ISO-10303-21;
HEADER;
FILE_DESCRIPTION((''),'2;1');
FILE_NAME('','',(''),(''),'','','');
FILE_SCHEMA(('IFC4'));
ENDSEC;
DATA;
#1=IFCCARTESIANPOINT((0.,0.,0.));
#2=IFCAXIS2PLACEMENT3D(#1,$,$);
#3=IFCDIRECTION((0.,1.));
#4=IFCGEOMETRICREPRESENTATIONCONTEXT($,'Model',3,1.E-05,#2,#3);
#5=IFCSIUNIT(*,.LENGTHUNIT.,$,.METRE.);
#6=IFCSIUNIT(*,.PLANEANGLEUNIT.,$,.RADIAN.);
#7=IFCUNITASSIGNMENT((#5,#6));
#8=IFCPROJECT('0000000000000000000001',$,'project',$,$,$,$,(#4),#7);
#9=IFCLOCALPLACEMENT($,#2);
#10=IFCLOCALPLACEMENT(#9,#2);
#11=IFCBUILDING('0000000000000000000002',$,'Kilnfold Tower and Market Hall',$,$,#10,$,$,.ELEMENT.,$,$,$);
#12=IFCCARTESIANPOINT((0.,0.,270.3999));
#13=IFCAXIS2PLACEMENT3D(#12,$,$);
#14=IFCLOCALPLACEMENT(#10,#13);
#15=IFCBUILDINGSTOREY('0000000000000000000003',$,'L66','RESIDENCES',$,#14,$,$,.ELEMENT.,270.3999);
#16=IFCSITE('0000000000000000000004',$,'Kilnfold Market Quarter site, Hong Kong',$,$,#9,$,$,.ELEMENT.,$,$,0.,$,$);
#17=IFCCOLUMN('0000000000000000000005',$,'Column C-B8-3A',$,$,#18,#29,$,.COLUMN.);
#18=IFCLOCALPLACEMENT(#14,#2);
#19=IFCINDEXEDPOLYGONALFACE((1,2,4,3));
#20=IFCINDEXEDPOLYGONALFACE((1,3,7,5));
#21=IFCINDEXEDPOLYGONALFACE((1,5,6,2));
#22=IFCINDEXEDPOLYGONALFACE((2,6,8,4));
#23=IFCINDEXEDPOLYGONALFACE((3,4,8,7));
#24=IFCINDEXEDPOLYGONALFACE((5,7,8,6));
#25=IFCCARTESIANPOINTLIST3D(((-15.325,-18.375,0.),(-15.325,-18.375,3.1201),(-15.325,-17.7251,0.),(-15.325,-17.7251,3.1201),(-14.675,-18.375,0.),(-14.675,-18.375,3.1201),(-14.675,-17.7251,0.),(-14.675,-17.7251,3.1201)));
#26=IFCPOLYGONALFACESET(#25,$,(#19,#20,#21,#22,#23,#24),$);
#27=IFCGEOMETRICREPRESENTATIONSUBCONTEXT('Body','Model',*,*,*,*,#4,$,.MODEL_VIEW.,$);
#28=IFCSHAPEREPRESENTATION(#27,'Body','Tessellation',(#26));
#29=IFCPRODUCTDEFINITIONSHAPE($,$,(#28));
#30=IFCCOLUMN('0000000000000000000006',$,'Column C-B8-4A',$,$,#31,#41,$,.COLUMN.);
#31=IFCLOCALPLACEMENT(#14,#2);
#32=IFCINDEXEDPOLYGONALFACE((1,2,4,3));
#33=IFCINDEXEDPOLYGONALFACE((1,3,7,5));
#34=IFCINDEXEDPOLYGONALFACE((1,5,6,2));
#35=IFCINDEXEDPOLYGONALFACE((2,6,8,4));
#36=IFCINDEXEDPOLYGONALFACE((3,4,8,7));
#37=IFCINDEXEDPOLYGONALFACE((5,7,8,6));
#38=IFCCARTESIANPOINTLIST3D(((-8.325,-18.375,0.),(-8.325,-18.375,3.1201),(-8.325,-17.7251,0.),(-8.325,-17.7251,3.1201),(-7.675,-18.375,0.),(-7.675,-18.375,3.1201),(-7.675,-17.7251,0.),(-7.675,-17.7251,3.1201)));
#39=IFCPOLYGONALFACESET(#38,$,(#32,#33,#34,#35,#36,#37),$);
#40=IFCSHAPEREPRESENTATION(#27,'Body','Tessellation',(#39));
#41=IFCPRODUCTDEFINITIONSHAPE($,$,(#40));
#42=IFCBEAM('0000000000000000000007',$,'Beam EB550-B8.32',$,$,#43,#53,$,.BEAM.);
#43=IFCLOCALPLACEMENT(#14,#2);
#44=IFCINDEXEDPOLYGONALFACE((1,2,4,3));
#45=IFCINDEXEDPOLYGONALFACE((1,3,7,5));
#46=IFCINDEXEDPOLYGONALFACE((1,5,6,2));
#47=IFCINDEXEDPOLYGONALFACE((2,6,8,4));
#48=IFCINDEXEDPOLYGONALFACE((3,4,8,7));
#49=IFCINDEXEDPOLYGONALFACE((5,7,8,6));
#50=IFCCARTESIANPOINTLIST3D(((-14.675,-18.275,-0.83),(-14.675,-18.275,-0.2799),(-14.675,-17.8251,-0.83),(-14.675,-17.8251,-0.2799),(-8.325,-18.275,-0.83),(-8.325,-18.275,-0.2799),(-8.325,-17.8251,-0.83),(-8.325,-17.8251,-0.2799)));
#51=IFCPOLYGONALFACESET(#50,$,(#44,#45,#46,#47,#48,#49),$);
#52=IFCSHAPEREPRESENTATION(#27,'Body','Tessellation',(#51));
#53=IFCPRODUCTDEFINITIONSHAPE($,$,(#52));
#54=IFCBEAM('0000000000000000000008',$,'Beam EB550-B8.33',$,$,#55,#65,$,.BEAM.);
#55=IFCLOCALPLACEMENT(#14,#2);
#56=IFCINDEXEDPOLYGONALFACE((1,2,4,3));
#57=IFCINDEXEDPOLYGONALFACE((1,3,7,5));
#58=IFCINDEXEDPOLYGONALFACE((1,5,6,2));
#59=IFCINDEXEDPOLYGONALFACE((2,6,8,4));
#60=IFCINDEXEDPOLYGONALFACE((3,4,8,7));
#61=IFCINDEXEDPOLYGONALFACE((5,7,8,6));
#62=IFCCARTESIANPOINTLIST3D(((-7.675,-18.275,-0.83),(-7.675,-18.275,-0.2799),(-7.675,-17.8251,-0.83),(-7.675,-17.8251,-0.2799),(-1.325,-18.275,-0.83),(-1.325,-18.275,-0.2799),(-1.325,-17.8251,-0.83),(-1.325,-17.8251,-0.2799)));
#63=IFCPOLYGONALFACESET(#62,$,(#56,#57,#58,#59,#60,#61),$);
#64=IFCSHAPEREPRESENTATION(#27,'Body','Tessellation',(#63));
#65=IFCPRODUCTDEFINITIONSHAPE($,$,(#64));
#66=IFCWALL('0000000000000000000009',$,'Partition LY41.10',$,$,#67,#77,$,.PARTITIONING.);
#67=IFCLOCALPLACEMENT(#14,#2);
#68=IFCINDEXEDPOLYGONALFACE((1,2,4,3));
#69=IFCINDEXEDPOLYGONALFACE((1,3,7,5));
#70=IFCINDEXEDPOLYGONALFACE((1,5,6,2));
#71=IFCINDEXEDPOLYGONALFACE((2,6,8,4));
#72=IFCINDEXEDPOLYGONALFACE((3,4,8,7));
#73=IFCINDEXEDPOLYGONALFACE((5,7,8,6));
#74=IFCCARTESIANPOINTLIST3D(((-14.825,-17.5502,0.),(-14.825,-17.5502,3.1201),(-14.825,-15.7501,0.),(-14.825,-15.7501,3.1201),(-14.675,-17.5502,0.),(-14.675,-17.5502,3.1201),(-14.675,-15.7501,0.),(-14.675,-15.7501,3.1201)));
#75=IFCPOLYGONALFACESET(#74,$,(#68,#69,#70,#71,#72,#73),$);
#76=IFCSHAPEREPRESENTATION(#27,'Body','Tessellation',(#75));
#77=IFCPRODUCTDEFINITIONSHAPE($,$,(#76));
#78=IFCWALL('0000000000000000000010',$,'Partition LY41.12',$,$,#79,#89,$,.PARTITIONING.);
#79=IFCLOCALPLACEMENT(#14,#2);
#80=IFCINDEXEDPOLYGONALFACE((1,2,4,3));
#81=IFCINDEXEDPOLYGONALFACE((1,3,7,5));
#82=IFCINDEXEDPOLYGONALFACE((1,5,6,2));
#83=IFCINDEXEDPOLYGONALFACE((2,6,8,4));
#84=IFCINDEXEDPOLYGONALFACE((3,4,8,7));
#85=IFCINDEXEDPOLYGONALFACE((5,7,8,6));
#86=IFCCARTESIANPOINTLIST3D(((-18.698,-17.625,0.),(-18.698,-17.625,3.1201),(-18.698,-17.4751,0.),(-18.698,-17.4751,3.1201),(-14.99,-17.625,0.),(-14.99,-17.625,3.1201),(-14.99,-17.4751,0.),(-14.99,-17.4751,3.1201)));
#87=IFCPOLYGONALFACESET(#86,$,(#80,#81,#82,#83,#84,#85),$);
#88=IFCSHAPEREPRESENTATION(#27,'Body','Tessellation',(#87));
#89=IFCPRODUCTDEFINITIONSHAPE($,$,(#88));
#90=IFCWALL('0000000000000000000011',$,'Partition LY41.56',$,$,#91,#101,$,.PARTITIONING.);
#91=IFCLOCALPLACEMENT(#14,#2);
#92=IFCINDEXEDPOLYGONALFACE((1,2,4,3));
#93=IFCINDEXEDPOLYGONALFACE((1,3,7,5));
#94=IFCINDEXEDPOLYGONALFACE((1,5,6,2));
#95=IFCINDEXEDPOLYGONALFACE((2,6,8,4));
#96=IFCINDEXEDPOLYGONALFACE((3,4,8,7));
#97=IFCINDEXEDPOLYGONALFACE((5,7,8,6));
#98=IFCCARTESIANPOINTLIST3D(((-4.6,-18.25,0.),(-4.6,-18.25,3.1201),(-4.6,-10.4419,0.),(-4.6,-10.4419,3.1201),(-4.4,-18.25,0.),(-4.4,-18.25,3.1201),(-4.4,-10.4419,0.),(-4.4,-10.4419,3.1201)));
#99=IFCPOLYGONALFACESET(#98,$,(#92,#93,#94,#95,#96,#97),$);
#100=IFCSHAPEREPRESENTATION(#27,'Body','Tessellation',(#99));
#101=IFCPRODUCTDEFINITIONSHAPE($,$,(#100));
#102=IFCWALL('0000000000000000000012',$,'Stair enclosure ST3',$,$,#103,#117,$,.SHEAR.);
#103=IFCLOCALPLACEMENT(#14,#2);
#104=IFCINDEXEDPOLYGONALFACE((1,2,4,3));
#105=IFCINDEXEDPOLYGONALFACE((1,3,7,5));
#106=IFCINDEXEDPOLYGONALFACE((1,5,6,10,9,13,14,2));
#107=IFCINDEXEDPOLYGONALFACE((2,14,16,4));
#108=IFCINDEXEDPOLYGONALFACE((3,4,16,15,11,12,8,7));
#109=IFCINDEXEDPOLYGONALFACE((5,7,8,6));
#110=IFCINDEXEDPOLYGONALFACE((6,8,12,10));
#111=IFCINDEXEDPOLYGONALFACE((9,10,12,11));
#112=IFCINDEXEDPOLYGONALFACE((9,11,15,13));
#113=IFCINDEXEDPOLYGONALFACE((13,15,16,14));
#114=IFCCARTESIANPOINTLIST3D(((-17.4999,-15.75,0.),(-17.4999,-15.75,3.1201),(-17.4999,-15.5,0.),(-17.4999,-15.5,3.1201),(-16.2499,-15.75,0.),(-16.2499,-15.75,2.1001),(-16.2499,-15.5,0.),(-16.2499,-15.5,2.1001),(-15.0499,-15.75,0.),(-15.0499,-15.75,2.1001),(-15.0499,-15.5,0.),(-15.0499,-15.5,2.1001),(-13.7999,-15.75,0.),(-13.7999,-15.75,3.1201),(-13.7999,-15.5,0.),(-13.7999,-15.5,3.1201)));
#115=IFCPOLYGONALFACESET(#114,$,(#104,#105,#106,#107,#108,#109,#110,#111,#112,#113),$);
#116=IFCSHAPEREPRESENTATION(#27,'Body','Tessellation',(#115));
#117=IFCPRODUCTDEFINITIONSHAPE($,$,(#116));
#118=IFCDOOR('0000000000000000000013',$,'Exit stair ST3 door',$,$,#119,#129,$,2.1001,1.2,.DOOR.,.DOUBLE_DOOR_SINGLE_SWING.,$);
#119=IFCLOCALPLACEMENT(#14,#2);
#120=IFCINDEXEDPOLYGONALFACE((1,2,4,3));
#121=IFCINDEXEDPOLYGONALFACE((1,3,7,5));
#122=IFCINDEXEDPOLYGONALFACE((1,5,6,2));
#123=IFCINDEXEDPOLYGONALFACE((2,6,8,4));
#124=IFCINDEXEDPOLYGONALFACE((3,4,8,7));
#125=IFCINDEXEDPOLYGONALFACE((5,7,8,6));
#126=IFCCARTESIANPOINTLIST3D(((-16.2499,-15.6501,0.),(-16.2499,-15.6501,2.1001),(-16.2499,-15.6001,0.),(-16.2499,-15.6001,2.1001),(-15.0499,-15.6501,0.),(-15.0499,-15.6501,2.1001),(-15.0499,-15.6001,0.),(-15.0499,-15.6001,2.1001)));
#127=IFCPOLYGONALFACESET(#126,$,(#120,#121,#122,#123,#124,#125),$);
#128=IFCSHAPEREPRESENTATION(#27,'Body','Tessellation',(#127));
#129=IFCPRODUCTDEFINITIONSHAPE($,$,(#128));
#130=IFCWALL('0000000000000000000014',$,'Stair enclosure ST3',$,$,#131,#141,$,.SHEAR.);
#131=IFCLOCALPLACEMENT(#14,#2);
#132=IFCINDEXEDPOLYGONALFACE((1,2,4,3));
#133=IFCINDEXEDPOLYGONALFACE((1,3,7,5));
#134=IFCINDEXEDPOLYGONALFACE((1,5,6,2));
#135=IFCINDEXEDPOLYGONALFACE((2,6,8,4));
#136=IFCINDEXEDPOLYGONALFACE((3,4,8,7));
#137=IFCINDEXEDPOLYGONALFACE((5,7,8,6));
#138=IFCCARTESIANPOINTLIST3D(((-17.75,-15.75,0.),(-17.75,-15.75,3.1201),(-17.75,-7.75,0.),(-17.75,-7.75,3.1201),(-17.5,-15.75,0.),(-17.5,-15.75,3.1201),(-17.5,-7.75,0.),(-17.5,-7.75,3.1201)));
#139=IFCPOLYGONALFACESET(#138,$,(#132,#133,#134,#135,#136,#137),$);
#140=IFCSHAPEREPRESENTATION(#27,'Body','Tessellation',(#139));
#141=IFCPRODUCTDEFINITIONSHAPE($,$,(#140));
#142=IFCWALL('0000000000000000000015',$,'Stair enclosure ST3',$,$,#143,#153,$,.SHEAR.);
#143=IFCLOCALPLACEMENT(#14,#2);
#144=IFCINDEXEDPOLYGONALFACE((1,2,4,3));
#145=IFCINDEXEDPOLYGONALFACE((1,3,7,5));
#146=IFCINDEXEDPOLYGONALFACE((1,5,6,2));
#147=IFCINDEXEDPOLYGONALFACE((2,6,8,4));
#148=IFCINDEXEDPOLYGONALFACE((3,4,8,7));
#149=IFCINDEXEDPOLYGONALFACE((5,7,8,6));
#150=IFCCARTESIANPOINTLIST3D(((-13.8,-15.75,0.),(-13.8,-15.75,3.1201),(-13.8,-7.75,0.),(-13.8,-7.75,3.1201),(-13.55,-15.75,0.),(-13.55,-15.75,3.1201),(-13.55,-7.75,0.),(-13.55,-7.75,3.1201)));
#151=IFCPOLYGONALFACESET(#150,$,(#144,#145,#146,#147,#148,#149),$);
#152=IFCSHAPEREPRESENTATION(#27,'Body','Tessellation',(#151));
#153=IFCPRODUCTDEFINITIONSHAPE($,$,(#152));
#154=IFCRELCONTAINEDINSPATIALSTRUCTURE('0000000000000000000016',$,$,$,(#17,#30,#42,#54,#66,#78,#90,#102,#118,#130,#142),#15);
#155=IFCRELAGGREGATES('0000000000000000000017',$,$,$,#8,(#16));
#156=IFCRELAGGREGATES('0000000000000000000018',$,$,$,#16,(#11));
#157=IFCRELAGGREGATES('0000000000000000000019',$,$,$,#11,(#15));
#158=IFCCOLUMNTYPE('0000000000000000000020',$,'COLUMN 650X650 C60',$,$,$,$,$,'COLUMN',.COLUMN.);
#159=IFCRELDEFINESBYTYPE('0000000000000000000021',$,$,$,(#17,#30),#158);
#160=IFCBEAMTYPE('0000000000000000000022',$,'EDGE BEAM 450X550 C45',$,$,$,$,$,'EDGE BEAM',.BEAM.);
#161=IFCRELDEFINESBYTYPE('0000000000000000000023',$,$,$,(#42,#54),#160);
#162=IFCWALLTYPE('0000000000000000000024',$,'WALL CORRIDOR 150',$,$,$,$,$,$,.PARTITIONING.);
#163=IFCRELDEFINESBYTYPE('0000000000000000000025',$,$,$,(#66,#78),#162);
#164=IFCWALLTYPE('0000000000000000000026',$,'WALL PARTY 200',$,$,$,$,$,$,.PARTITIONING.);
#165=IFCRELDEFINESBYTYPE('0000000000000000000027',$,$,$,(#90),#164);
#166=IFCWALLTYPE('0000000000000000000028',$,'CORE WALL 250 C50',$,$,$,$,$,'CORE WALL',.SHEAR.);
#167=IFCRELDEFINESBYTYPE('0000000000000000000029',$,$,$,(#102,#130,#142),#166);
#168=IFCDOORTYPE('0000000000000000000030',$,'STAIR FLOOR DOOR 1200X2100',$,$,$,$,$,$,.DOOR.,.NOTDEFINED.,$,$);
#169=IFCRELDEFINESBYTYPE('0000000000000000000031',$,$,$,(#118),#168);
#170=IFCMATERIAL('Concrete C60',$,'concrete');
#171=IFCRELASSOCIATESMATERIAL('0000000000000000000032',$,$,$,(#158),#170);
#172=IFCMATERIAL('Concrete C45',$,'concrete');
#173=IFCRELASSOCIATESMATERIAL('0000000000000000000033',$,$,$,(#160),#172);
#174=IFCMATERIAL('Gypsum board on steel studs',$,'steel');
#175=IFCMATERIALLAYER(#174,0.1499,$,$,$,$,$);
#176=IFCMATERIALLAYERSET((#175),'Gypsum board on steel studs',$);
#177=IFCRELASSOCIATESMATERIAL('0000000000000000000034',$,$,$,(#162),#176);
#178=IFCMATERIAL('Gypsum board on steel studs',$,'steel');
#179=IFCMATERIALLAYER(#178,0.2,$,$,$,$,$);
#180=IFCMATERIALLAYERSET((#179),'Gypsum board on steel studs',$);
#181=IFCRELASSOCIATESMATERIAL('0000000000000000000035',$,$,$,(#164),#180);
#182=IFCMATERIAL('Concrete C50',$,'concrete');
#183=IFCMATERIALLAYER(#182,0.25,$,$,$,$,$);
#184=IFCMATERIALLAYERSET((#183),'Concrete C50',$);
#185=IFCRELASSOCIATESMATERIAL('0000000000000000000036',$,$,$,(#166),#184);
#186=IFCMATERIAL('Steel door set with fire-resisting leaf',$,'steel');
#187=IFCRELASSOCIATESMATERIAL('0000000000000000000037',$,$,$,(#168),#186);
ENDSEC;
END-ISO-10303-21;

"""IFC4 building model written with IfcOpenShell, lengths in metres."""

from ifc_helpers import new_model, si_unit, direction, frame, frame_2d, origin, origin_2d, place, context, subcontext, project, spatial, rectangle, extrude, source, transform, mapped, material, layer, layer_set, material_profile, profile_set, type_object, element, fill, save


model = new_model("IFC4")

# Units and contexts
model_context = context("Model", 3, precision=1e-05, world=origin(), true_north=direction((0.0, 1.0)))
body_context = subcontext(model_context, "Body", "Model", "MODEL_VIEW")
ifc_project = project(units=[si_unit("LENGTHUNIT", "METRE"), si_unit("PLANEANGLEUNIT", "RADIAN")], contexts=[model_context])

# Site, building, storey
site_placement = place(None, origin())
site = spatial("IfcSite", under=ifc_project, at=site_placement, Name="Kilnfold Market Quarter site, Hong Kong", CompositionType="ELEMENT", RefElevation=0.0)
building_placement = place(site_placement, origin())
building = spatial("IfcBuilding", under=site, at=building_placement, Name="Kilnfold Tower and Market Hall", CompositionType="ELEMENT")
storey_placement = place(building_placement, frame((0.0, 0.0, 270.3999)))
storey = spatial("IfcBuildingStorey", under=building, at=storey_placement, Name="L66", Description="RESIDENCES", CompositionType="ELEMENT", Elevation=270.3999)

# Columns
ifc_material_1 = material(Name="Concrete C60", Category="concrete")
ifc_material_profile_1 = material_profile(ifc_material_1, rectangle(XDim=0.6499, YDim=0.6499, at=origin_2d()), Name="RC 650x650")
ifc_profile_set_1 = profile_set([ifc_material_profile_1], Name="Concrete C60")
column_type = type_object("IfcColumnType", Name="COLUMN 650X650 C60", ElementType="COLUMN", PredefinedType="COLUMN", material=ifc_profile_set_1)
shared_shape_1 = source(origin(), body_context, "Body", "SweptSolid", [
    extrude(rectangle(XDim=0.6499, YDim=0.6499, at=origin_2d()), origin(), (0.0, 0.0, 1.0), 3.1201),
])
for number, where, z_axis, x_axis, name in (
    (1, (-15.0, -18.05, 0.0), (0.0, 0.0, 1.0), (1.0, 0.0, 0.0), "Column C-B8-3A"),
    (2, (-8.0, -18.05, 0.0), (0.0, 0.0, 1.0), (1.0, 0.0, 0.0), "Column C-B8-4A"),
):
    element("IfcColumn", number, at=place(storey_placement, frame(where, z_axis=z_axis, x_axis=x_axis)), inside=storey, type_object=column_type, Name=name, PredefinedType="COLUMN", context=body_context, shape_type="MappedRepresentation", body=[
        mapped(shared_shape_1, transform((0.0, 0.0, 0.0))),
    ])

# Beams
ifc_material_2 = material(Name="Concrete C45", Category="concrete")
ifc_material_profile_2 = material_profile(ifc_material_2, rectangle(XDim=0.45, YDim=0.55, at=origin_2d()), Name="RC 450x550")
ifc_profile_set_2 = profile_set([ifc_material_profile_2], Name="Concrete C45")
beam_type = type_object("IfcBeamType", Name="EDGE BEAM 450X550 C45", ElementType="EDGE BEAM", PredefinedType="BEAM", material=ifc_profile_set_2)
shared_shape_2 = source(origin(), body_context, "Body", "SweptSolid", [
    extrude(rectangle(XDim=0.45, YDim=0.55, at=origin_2d()), origin(), (0.0, 0.0, 1.0), 6.3501),
])
for number, where, z_axis, x_axis, name in (
    (3, (-14.675, -18.05, -0.5549), (1.0, 0.0, 0.0), (0.0, 1.0, 0.0), "Beam EB550-B8.32"),
    (4, (-7.675, -18.05, -0.5549), (1.0, 0.0, 0.0), (0.0, 1.0, 0.0), "Beam EB550-B8.33"),
):
    element("IfcBeam", number, at=place(storey_placement, frame(where, z_axis=z_axis, x_axis=x_axis)), inside=storey, type_object=beam_type, Name=name, PredefinedType="BEAM", context=body_context, shape_type="MappedRepresentation", body=[
        mapped(shared_shape_2, transform((0.0, 0.0, 0.0))),
    ])

# Walls
ifc_material_3 = material(Name="Gypsum board on steel studs", Category="steel")
ifc_layer_1 = layer(ifc_material_3, 0.1499)
ifc_layer_set_1 = layer_set([ifc_layer_1], Name="Gypsum board on steel studs")
wall_type_1 = type_object("IfcWallType", Name="WALL CORRIDOR 150", PredefinedType="PARTITIONING", material=ifc_layer_set_1)
wall_1_placement = place(storey_placement, frame((-14.75, -17.55, 0.0), z_axis=(0.0, 0.0, 1.0), x_axis=(0.0, 1.0, 0.0)))
element("IfcWall", 5, at=wall_1_placement, inside=storey, type_object=wall_type_1, Name="Partition LY41.10", PredefinedType="PARTITIONING", context=body_context, shape_type="SweptSolid", body=[
    extrude(rectangle(XDim=1.8, YDim=0.1499, at=frame_2d((0.8999, 0.0))), origin(), (0.0, 0.0, 1.0), 3.1201),
])
wall_2_placement = place(storey_placement, frame((-18.698, -17.55, 0.0), z_axis=(0.0, 0.0, 1.0), x_axis=(1.0, 0.0, 0.0)))
element("IfcWall", 6, at=wall_2_placement, inside=storey, type_object=wall_type_1, Name="Partition LY41.12", PredefinedType="PARTITIONING", context=body_context, shape_type="SweptSolid", body=[
    extrude(rectangle(XDim=3.708, YDim=0.1499, at=frame_2d((1.854, 0.0))), origin(), (0.0, 0.0, 1.0), 3.1201),
])
ifc_material_4 = material(Name="Gypsum board on steel studs", Category="steel")
ifc_layer_2 = layer(ifc_material_4, 0.2)
ifc_layer_set_2 = layer_set([ifc_layer_2], Name="Gypsum board on steel studs")
wall_type_2 = type_object("IfcWallType", Name="WALL PARTY 200", PredefinedType="PARTITIONING", material=ifc_layer_set_2)
wall_3_placement = place(storey_placement, frame((-4.5, -18.25, 0.0), z_axis=(0.0, 0.0, 1.0), x_axis=(0.0, 1.0, 0.0)))
element("IfcWall", 7, at=wall_3_placement, inside=storey, type_object=wall_type_2, Name="Partition LY41.56", PredefinedType="PARTITIONING", context=body_context, shape_type="SweptSolid", body=[
    extrude(rectangle(XDim=7.8081, YDim=0.2, at=frame_2d((3.9041, 0.0))), origin(), (0.0, 0.0, 1.0), 3.1201),
])

# Wall, opening, door
ifc_material_5 = material(Name="Concrete C50", Category="concrete")
ifc_layer_3 = layer(ifc_material_5, 0.25)
ifc_layer_set_3 = layer_set([ifc_layer_3], Name="Concrete C50")
wall_type_3 = type_object("IfcWallType", Name="CORE WALL 250 C50", ElementType="CORE WALL", PredefinedType="SHEAR", material=ifc_layer_set_3)
shared_shape_3 = source(origin(), body_context, "Body", "SweptSolid", [
    extrude(rectangle(XDim=3.7, YDim=0.25, at=frame_2d((1.8501, 0.0))), origin(), (0.0, 0.0, 1.0), 3.1201),
])
wall_4_placement = place(storey_placement, frame((-17.5, -15.625, 0.0), z_axis=(0.0, 0.0, 1.0), x_axis=(1.0, 0.0, 0.0)))
wall_4 = element("IfcWall", 8, at=wall_4_placement, inside=storey, type_object=wall_type_3, Name="Stair enclosure ST3", PredefinedType="SHEAR", context=body_context, shape_type="MappedRepresentation", body=[
    mapped(shared_shape_3, transform((0.0, 0.0, 0.0))),
])
opening_1_placement = place(wall_4_placement, frame((1.25, 0.0, 0.0)))
opening_1 = element("IfcOpeningElement", 9, at=opening_1_placement, cuts=wall_4, PredefinedType="OPENING", context=body_context, shape_type="SweptSolid", body=[
    extrude(rectangle(XDim=1.2, YDim=2.1001, at=frame_2d((0.6001, 1.05))), frame((0.0, 0.135, 0.0), z_axis=(0.0, -1.0, 0.0), x_axis=(1.0, 0.0, 0.0)), (0.0, 0.0, 1.0), 0.27),
])
ifc_material_6 = material(Name="Steel door set with fire-resisting leaf", Category="steel")
door_type = type_object("IfcDoorType", Name="STAIR FLOOR DOOR 1200X2100", OperationType="NOTDEFINED", PredefinedType="DOOR", material=ifc_material_6)
door_placement = place(opening_1_placement, origin())
door = element("IfcDoor", 10, at=door_placement, inside=storey, type_object=door_type, Name="Exit stair ST3 door", OperationType="DOUBLE_DOOR_SINGLE_SWING", OverallHeight=2.1001, OverallWidth=1.2, PredefinedType="DOOR", context=body_context, shape_type="SweptSolid", body=[
    extrude(rectangle(XDim=1.2, YDim=2.1001, at=frame_2d((0.6001, 1.05))), frame((0.0, 0.0249, 0.0), z_axis=(0.0, -1.0, 0.0), x_axis=(1.0, 0.0, 0.0)), (0.0, 0.0, 1.0), 0.05),
])
fill(opening_1, door)

# Walls
shared_shape_4 = source(origin(), body_context, "Body", "SweptSolid", [
    extrude(rectangle(XDim=8.0, YDim=0.25, at=frame_2d((4.0, 0.0))), origin(), (0.0, 0.0, 1.0), 3.1201),
])
for number, where, z_axis, x_axis, name in (
    (11, (-17.625, -15.75, 0.0), (0.0, 0.0, 1.0), (0.0, 1.0, 0.0), "Stair enclosure ST3"),
    (12, (-13.675, -15.75, 0.0), (0.0, 0.0, 1.0), (0.0, 1.0, 0.0), "Stair enclosure ST3"),
):
    element("IfcWall", number, at=place(storey_placement, frame(where, z_axis=z_axis, x_axis=x_axis)), inside=storey, type_object=wall_type_3, Name=name, PredefinedType="SHEAR", context=body_context, shape_type="MappedRepresentation", body=[
        mapped(shared_shape_4, transform((0.0, 0.0, 0.0))),
    ])

save(model, "model.ifc")
